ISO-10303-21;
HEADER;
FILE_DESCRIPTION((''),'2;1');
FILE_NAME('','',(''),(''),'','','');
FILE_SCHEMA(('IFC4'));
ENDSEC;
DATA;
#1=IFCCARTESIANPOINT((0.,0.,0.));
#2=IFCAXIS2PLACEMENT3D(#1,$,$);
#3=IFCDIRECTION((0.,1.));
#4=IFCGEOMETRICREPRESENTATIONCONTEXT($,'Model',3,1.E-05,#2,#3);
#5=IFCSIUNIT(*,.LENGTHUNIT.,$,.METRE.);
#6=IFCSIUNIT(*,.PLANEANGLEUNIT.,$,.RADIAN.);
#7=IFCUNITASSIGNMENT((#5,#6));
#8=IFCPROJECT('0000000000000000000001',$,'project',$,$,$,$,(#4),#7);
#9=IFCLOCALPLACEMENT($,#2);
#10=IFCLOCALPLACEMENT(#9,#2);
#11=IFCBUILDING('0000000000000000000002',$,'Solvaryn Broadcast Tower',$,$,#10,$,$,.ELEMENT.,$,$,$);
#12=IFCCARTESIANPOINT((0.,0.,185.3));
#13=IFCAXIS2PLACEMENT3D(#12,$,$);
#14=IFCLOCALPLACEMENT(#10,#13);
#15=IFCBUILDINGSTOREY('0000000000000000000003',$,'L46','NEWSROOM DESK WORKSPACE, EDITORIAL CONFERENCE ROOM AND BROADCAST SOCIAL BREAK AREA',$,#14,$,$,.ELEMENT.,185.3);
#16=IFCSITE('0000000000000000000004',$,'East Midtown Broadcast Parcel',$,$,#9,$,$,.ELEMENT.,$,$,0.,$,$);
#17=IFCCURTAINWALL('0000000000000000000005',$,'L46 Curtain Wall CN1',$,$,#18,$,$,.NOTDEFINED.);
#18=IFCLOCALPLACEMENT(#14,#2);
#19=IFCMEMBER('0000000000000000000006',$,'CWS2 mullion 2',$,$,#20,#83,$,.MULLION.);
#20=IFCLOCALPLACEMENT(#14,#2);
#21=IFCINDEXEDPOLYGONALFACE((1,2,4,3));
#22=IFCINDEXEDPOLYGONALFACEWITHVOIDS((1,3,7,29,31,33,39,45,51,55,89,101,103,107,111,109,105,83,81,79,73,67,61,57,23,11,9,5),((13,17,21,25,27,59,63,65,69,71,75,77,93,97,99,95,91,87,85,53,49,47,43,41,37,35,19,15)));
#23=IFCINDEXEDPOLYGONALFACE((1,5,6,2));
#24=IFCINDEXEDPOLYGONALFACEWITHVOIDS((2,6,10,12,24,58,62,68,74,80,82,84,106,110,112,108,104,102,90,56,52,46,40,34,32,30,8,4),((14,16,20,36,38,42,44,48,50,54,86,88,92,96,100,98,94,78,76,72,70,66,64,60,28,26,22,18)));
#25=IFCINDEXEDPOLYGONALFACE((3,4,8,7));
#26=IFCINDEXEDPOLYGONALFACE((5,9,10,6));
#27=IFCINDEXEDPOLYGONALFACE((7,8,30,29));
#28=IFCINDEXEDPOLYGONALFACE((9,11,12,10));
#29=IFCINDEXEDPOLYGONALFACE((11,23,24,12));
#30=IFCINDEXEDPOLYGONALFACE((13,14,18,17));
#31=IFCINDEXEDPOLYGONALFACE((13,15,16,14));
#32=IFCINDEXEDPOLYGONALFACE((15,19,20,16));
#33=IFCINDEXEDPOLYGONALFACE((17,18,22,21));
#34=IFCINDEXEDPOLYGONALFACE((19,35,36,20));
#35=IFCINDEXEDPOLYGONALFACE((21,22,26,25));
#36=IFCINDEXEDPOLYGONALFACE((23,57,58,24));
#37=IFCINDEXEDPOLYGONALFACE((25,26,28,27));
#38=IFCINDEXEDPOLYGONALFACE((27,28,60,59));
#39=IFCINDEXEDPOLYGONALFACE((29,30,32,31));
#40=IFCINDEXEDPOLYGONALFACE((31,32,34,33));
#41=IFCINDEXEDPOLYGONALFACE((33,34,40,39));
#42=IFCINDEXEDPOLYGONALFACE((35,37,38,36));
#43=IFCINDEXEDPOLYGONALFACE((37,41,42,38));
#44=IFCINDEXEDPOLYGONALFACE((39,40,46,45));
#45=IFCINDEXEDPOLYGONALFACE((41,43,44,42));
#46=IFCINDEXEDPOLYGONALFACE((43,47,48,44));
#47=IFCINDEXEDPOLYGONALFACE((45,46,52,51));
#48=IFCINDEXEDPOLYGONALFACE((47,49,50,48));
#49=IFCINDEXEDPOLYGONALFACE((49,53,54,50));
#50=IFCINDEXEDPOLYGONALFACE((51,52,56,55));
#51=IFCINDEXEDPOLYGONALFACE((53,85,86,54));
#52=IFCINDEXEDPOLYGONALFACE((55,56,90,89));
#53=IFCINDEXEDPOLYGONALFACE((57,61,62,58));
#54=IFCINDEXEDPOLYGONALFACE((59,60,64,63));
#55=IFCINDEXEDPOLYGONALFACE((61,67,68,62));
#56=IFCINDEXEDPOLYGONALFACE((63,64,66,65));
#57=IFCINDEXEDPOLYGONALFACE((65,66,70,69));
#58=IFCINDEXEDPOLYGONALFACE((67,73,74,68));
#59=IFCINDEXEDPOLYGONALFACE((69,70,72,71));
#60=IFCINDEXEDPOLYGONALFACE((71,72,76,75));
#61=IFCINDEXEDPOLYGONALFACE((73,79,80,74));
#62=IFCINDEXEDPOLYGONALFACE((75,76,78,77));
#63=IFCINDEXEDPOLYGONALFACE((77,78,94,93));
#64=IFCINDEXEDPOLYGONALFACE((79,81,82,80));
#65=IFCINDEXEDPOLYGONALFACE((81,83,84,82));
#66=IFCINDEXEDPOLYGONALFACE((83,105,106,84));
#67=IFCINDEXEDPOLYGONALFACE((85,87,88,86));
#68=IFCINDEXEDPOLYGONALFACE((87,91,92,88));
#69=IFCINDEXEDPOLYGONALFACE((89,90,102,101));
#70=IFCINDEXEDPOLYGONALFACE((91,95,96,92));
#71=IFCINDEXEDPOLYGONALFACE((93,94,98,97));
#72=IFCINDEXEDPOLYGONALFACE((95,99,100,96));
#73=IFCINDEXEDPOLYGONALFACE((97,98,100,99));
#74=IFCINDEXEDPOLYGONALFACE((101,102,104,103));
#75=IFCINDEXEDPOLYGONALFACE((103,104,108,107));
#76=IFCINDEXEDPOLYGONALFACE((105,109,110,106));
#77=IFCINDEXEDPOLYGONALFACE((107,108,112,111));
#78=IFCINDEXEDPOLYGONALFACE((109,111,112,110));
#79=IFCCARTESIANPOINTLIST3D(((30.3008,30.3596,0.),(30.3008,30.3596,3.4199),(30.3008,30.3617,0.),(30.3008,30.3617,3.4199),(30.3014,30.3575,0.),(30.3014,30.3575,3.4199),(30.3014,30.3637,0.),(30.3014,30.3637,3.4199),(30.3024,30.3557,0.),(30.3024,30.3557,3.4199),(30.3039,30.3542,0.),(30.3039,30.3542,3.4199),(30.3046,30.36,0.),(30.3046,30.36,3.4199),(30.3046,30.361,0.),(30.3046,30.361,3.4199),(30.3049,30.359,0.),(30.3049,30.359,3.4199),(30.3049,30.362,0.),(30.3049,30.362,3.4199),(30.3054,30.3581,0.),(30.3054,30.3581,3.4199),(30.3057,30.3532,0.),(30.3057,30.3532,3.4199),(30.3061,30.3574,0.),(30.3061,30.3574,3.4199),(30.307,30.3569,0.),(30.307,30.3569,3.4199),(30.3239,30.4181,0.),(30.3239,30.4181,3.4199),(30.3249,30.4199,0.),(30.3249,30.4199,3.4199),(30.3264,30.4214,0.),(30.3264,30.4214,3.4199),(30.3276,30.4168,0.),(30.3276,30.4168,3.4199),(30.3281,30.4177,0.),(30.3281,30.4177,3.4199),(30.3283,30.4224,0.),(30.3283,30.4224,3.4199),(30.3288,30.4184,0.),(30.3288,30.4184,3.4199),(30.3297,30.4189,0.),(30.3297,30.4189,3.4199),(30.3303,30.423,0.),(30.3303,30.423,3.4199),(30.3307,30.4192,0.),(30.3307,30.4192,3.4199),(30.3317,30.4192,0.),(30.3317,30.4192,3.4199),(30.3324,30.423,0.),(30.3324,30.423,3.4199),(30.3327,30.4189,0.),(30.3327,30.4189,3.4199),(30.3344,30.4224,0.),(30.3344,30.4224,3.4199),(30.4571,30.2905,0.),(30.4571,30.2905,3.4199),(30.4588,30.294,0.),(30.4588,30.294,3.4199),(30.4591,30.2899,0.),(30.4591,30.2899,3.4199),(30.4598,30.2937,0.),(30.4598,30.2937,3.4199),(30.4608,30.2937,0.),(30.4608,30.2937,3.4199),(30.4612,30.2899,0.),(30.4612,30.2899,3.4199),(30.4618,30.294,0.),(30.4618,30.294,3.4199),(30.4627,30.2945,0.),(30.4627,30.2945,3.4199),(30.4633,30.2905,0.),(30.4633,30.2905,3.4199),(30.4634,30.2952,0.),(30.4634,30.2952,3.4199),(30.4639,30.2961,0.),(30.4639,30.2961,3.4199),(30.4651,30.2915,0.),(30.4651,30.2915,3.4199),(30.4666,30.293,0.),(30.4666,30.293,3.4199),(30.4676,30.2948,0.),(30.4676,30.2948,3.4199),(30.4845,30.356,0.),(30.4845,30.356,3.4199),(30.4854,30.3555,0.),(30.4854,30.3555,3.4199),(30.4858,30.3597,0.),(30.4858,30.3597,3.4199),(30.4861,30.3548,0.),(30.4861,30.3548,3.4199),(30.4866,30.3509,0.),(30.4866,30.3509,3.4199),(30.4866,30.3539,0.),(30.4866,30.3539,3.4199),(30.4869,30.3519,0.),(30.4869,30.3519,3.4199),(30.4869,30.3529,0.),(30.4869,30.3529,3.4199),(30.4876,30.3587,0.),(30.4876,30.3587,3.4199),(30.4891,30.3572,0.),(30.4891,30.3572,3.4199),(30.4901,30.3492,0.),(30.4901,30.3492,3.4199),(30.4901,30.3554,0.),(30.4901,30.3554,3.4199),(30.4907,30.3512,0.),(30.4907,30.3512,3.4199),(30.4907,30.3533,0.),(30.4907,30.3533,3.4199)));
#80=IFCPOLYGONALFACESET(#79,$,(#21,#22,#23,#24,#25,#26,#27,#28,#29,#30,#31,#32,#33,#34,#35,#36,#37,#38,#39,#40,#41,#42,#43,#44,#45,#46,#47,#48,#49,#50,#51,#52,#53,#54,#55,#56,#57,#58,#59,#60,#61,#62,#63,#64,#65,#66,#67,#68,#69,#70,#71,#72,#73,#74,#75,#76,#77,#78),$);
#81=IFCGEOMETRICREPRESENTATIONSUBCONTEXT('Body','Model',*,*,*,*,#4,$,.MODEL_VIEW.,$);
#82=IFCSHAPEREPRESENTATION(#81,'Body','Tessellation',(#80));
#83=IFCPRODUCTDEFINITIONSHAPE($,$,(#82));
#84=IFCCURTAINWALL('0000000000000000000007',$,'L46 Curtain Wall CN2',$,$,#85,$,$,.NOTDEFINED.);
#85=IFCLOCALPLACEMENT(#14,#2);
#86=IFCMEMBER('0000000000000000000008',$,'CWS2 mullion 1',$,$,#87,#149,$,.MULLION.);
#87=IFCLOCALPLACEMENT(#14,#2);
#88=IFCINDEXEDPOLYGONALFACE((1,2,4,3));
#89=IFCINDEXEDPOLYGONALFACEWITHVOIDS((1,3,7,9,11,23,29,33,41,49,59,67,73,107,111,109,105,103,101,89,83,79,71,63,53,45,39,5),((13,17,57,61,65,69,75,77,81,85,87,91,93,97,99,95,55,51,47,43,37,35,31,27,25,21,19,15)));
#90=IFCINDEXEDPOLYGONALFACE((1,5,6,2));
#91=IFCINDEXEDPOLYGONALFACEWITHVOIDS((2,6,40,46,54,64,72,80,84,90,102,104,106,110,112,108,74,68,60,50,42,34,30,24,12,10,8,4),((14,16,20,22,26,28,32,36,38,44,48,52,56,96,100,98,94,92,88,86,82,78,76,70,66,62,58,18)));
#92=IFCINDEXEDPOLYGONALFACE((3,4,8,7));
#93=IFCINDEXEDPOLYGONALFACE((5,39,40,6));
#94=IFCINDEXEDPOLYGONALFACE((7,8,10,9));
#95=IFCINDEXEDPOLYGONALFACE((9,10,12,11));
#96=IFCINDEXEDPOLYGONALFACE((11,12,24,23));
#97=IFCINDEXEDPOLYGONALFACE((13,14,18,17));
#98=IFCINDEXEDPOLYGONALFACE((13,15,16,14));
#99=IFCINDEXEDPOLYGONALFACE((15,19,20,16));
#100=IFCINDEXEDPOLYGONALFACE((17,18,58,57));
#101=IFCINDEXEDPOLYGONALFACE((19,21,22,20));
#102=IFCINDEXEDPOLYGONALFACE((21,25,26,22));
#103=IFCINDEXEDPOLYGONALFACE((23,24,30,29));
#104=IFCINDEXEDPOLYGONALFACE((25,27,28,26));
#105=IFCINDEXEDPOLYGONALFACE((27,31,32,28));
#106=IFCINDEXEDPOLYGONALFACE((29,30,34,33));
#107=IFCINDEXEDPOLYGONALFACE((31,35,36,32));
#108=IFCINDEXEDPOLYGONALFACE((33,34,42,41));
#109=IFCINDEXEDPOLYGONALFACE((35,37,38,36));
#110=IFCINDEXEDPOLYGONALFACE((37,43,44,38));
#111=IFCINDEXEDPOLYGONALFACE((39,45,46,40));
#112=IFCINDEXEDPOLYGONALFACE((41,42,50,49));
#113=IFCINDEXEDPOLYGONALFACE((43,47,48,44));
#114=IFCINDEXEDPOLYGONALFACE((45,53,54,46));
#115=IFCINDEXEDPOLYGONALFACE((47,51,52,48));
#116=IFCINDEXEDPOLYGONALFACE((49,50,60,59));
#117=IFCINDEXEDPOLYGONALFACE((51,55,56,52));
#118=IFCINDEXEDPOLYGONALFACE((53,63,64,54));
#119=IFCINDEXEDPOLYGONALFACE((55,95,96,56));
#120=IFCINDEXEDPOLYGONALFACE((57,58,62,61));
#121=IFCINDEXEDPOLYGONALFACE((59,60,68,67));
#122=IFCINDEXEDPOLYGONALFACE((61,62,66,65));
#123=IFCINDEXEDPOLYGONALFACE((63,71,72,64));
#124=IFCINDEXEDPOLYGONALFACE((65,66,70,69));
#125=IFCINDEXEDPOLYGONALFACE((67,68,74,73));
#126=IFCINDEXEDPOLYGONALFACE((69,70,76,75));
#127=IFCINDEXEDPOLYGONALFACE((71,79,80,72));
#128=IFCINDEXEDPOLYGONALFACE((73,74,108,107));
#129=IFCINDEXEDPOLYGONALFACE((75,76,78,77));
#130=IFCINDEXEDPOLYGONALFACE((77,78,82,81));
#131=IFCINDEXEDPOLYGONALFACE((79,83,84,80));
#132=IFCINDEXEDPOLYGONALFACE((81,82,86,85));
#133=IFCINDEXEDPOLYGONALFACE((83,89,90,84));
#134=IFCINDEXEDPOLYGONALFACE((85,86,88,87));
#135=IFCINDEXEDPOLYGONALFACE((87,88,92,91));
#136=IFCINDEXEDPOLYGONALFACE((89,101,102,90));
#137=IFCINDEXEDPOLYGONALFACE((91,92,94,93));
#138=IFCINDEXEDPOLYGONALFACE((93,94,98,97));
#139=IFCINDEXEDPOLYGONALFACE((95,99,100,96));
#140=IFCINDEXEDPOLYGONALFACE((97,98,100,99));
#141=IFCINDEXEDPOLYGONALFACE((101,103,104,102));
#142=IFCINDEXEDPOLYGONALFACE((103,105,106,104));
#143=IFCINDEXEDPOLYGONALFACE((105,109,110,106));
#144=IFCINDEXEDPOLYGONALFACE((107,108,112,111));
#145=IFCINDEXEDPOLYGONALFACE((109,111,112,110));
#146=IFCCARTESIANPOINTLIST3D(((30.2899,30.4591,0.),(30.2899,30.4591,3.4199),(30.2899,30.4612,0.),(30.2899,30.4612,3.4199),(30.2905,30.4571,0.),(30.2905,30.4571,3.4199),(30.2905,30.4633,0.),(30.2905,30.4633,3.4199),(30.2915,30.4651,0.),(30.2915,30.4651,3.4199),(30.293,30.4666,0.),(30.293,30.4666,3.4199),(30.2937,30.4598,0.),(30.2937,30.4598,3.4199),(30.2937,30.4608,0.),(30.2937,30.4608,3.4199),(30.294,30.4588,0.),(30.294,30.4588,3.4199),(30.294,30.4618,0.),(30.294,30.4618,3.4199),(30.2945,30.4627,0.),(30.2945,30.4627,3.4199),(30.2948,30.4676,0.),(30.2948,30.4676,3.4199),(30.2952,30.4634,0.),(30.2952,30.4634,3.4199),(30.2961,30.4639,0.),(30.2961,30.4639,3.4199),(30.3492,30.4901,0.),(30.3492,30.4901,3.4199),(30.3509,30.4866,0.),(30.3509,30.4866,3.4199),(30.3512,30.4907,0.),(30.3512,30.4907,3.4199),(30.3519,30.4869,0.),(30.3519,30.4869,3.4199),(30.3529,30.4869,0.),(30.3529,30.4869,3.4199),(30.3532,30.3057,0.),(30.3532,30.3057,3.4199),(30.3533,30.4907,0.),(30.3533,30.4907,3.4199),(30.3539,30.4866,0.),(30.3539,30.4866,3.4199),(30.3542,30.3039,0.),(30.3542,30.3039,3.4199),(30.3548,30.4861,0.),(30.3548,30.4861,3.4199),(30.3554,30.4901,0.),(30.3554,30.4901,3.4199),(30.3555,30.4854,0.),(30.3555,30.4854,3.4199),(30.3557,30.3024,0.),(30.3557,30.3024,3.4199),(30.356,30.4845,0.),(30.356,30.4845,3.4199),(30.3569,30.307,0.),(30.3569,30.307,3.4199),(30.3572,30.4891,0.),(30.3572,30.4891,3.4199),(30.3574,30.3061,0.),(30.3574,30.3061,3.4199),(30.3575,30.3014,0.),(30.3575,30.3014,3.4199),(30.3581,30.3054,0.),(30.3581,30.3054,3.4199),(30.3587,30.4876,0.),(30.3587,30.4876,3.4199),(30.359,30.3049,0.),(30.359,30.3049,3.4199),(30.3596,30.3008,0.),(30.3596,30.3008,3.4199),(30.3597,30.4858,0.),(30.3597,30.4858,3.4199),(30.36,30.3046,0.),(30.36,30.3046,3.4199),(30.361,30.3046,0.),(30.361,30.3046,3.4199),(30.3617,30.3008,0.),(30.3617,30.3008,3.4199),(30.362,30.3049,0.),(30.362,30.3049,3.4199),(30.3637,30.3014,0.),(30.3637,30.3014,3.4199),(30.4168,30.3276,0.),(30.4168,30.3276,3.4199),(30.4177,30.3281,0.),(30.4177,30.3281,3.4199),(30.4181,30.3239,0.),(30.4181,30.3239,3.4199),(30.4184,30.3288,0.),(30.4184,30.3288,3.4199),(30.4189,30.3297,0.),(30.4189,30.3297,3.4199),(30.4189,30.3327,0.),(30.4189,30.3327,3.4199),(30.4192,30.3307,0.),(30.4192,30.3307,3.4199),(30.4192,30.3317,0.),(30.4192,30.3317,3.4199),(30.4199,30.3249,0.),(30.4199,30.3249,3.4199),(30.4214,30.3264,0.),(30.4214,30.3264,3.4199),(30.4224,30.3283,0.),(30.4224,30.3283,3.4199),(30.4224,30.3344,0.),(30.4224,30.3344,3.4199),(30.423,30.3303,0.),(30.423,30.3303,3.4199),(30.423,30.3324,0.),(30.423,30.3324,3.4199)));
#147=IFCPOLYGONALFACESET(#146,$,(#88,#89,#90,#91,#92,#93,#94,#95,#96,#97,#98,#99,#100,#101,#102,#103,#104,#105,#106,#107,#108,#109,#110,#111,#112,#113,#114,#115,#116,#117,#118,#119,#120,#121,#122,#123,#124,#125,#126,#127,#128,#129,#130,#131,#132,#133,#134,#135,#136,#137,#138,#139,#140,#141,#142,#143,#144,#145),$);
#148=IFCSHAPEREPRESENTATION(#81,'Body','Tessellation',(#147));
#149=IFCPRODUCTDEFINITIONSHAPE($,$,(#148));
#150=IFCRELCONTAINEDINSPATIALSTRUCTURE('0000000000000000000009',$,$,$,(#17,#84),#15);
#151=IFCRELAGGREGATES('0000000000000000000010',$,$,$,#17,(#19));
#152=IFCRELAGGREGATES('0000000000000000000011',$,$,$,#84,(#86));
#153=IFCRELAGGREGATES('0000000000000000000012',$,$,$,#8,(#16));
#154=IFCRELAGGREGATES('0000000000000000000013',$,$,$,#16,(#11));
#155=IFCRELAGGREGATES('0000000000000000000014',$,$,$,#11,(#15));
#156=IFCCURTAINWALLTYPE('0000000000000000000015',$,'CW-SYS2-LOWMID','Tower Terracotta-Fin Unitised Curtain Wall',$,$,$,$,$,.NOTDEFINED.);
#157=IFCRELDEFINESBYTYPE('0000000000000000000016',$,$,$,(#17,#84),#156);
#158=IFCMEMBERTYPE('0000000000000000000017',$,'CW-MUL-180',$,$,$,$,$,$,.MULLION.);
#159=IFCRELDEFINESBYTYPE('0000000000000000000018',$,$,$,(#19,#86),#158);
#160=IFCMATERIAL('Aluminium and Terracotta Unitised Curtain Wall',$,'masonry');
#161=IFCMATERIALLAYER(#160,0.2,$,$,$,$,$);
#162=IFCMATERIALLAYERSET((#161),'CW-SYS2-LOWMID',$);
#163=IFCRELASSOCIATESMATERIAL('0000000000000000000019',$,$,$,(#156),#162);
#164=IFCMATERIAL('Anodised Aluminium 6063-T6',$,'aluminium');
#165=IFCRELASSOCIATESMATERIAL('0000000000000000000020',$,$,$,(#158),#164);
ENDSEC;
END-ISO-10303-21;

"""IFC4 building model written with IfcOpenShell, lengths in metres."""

from ifc_helpers import new_model, si_unit, direction, frame, origin, origin_2d, place, context, subcontext, project, spatial, hollow_rectangle, extrude, material, layer, layer_set, material_profile, profile_set, type_object, element, aggregate, save


model = new_model("IFC4")

# Units and contexts
model_context = context("Model", 3, precision=1e-05, world=origin(), true_north=direction((0.0, 1.0)))
body_context = subcontext(model_context, "Body", "Model", "MODEL_VIEW")
ifc_project = project(units=[si_unit("LENGTHUNIT", "METRE"), si_unit("PLANEANGLEUNIT", "RADIAN")], contexts=[model_context])

# Site, building, storey
site_placement = place(None, origin())
site = spatial("IfcSite", under=ifc_project, at=site_placement, Name="East Midtown Broadcast Parcel", CompositionType="ELEMENT", RefElevation=0.0)
building_placement = place(site_placement, origin())
building = spatial("IfcBuilding", under=site, at=building_placement, Name="Solvaryn Broadcast Tower", CompositionType="ELEMENT")
storey_placement = place(building_placement, frame((0.0, 0.0, 185.3)))
storey = spatial("IfcBuildingStorey", under=building, at=storey_placement, Name="L46", Description="NEWSROOM DESK WORKSPACE, EDITORIAL CONFERENCE ROOM AND BROADCAST SOCIAL BREAK AREA", CompositionType="ELEMENT", Elevation=185.3)

# Curtain wall, member
ifc_material_1 = material(Name="Aluminium and Terracotta Unitised Curtain Wall", Category="masonry")
ifc_layer_1 = layer(ifc_material_1, 0.2)
ifc_layer_set_1 = layer_set([ifc_layer_1], Name="CW-SYS2-LOWMID")
curtain_wall_type = type_object("IfcCurtainWallType", Name="CW-SYS2-LOWMID", Description="Tower Terracotta-Fin Unitised Curtain Wall", PredefinedType="NOTDEFINED", material=ifc_layer_set_1)
curtain_wall_1_placement = place(storey_placement, origin())
curtain_wall_1 = element("IfcCurtainWall", 1, at=curtain_wall_1_placement, inside=storey, type_object=curtain_wall_type, Name="L46 Curtain Wall CN1", PredefinedType="NOTDEFINED")
ifc_material_2 = material(Name="Anodised Aluminium 6063-T6", Category="aluminium")
ifc_material_profile_1 = material_profile(ifc_material_2, hollow_rectangle(XDim=0.075, YDim=0.1799, WallThickness=0.0039, InnerFilletRadius=0.0039, OuterFilletRadius=0.0081, at=origin_2d()))
ifc_profile_set_1 = profile_set([ifc_material_profile_1], Name="Anodised Aluminium 6063-T6")
member_type_1 = type_object("IfcMemberType", Name="CW-MUL-180", PredefinedType="MULLION", material=ifc_profile_set_1)
member_1_placement = place(storey_placement, frame((30.3958, 30.3564, 0.0), z_axis=(0.0, 0.0, 1.0), x_axis=(-0.382646, -0.923895, 0.0)))
member_1 = element("IfcMember", 2, at=member_1_placement, type_object=member_type_1, Name="CWS2 mullion 2", PredefinedType="MULLION", context=body_context, shape_type="SweptSolid", body=[
    extrude(hollow_rectangle(XDim=0.075, YDim=0.1799, WallThickness=0.0039, InnerFilletRadius=0.0039, OuterFilletRadius=0.0081, at=origin_2d()), origin(), (0.0, 0.0, 1.0), 3.4199),
])

# Curtain wall, member
curtain_wall_2_placement = place(storey_placement, origin())
curtain_wall_2 = element("IfcCurtainWall", 3, at=curtain_wall_2_placement, inside=storey, type_object=curtain_wall_type, Name="L46 Curtain Wall CN2", PredefinedType="NOTDEFINED")
member_2_placement = place(storey_placement, frame((30.3564, 30.3958, 0.0), z_axis=(0.0, 0.0, 1.0), x_axis=(-0.923895, -0.382646, 0.0)))
member_2 = element("IfcMember", 4, at=member_2_placement, type_object=member_type_1, Name="CWS2 mullion 1", PredefinedType="MULLION", context=body_context, shape_type="SweptSolid", body=[
    extrude(hollow_rectangle(XDim=0.075, YDim=0.1799, WallThickness=0.0039, InnerFilletRadius=0.0039, OuterFilletRadius=0.0081, at=origin_2d()), origin(), (0.0, 0.0, 1.0), 3.4199),
])

aggregate(curtain_wall_1, [member_1])
aggregate(curtain_wall_2, [member_2])

save(model, "model.ifc")
